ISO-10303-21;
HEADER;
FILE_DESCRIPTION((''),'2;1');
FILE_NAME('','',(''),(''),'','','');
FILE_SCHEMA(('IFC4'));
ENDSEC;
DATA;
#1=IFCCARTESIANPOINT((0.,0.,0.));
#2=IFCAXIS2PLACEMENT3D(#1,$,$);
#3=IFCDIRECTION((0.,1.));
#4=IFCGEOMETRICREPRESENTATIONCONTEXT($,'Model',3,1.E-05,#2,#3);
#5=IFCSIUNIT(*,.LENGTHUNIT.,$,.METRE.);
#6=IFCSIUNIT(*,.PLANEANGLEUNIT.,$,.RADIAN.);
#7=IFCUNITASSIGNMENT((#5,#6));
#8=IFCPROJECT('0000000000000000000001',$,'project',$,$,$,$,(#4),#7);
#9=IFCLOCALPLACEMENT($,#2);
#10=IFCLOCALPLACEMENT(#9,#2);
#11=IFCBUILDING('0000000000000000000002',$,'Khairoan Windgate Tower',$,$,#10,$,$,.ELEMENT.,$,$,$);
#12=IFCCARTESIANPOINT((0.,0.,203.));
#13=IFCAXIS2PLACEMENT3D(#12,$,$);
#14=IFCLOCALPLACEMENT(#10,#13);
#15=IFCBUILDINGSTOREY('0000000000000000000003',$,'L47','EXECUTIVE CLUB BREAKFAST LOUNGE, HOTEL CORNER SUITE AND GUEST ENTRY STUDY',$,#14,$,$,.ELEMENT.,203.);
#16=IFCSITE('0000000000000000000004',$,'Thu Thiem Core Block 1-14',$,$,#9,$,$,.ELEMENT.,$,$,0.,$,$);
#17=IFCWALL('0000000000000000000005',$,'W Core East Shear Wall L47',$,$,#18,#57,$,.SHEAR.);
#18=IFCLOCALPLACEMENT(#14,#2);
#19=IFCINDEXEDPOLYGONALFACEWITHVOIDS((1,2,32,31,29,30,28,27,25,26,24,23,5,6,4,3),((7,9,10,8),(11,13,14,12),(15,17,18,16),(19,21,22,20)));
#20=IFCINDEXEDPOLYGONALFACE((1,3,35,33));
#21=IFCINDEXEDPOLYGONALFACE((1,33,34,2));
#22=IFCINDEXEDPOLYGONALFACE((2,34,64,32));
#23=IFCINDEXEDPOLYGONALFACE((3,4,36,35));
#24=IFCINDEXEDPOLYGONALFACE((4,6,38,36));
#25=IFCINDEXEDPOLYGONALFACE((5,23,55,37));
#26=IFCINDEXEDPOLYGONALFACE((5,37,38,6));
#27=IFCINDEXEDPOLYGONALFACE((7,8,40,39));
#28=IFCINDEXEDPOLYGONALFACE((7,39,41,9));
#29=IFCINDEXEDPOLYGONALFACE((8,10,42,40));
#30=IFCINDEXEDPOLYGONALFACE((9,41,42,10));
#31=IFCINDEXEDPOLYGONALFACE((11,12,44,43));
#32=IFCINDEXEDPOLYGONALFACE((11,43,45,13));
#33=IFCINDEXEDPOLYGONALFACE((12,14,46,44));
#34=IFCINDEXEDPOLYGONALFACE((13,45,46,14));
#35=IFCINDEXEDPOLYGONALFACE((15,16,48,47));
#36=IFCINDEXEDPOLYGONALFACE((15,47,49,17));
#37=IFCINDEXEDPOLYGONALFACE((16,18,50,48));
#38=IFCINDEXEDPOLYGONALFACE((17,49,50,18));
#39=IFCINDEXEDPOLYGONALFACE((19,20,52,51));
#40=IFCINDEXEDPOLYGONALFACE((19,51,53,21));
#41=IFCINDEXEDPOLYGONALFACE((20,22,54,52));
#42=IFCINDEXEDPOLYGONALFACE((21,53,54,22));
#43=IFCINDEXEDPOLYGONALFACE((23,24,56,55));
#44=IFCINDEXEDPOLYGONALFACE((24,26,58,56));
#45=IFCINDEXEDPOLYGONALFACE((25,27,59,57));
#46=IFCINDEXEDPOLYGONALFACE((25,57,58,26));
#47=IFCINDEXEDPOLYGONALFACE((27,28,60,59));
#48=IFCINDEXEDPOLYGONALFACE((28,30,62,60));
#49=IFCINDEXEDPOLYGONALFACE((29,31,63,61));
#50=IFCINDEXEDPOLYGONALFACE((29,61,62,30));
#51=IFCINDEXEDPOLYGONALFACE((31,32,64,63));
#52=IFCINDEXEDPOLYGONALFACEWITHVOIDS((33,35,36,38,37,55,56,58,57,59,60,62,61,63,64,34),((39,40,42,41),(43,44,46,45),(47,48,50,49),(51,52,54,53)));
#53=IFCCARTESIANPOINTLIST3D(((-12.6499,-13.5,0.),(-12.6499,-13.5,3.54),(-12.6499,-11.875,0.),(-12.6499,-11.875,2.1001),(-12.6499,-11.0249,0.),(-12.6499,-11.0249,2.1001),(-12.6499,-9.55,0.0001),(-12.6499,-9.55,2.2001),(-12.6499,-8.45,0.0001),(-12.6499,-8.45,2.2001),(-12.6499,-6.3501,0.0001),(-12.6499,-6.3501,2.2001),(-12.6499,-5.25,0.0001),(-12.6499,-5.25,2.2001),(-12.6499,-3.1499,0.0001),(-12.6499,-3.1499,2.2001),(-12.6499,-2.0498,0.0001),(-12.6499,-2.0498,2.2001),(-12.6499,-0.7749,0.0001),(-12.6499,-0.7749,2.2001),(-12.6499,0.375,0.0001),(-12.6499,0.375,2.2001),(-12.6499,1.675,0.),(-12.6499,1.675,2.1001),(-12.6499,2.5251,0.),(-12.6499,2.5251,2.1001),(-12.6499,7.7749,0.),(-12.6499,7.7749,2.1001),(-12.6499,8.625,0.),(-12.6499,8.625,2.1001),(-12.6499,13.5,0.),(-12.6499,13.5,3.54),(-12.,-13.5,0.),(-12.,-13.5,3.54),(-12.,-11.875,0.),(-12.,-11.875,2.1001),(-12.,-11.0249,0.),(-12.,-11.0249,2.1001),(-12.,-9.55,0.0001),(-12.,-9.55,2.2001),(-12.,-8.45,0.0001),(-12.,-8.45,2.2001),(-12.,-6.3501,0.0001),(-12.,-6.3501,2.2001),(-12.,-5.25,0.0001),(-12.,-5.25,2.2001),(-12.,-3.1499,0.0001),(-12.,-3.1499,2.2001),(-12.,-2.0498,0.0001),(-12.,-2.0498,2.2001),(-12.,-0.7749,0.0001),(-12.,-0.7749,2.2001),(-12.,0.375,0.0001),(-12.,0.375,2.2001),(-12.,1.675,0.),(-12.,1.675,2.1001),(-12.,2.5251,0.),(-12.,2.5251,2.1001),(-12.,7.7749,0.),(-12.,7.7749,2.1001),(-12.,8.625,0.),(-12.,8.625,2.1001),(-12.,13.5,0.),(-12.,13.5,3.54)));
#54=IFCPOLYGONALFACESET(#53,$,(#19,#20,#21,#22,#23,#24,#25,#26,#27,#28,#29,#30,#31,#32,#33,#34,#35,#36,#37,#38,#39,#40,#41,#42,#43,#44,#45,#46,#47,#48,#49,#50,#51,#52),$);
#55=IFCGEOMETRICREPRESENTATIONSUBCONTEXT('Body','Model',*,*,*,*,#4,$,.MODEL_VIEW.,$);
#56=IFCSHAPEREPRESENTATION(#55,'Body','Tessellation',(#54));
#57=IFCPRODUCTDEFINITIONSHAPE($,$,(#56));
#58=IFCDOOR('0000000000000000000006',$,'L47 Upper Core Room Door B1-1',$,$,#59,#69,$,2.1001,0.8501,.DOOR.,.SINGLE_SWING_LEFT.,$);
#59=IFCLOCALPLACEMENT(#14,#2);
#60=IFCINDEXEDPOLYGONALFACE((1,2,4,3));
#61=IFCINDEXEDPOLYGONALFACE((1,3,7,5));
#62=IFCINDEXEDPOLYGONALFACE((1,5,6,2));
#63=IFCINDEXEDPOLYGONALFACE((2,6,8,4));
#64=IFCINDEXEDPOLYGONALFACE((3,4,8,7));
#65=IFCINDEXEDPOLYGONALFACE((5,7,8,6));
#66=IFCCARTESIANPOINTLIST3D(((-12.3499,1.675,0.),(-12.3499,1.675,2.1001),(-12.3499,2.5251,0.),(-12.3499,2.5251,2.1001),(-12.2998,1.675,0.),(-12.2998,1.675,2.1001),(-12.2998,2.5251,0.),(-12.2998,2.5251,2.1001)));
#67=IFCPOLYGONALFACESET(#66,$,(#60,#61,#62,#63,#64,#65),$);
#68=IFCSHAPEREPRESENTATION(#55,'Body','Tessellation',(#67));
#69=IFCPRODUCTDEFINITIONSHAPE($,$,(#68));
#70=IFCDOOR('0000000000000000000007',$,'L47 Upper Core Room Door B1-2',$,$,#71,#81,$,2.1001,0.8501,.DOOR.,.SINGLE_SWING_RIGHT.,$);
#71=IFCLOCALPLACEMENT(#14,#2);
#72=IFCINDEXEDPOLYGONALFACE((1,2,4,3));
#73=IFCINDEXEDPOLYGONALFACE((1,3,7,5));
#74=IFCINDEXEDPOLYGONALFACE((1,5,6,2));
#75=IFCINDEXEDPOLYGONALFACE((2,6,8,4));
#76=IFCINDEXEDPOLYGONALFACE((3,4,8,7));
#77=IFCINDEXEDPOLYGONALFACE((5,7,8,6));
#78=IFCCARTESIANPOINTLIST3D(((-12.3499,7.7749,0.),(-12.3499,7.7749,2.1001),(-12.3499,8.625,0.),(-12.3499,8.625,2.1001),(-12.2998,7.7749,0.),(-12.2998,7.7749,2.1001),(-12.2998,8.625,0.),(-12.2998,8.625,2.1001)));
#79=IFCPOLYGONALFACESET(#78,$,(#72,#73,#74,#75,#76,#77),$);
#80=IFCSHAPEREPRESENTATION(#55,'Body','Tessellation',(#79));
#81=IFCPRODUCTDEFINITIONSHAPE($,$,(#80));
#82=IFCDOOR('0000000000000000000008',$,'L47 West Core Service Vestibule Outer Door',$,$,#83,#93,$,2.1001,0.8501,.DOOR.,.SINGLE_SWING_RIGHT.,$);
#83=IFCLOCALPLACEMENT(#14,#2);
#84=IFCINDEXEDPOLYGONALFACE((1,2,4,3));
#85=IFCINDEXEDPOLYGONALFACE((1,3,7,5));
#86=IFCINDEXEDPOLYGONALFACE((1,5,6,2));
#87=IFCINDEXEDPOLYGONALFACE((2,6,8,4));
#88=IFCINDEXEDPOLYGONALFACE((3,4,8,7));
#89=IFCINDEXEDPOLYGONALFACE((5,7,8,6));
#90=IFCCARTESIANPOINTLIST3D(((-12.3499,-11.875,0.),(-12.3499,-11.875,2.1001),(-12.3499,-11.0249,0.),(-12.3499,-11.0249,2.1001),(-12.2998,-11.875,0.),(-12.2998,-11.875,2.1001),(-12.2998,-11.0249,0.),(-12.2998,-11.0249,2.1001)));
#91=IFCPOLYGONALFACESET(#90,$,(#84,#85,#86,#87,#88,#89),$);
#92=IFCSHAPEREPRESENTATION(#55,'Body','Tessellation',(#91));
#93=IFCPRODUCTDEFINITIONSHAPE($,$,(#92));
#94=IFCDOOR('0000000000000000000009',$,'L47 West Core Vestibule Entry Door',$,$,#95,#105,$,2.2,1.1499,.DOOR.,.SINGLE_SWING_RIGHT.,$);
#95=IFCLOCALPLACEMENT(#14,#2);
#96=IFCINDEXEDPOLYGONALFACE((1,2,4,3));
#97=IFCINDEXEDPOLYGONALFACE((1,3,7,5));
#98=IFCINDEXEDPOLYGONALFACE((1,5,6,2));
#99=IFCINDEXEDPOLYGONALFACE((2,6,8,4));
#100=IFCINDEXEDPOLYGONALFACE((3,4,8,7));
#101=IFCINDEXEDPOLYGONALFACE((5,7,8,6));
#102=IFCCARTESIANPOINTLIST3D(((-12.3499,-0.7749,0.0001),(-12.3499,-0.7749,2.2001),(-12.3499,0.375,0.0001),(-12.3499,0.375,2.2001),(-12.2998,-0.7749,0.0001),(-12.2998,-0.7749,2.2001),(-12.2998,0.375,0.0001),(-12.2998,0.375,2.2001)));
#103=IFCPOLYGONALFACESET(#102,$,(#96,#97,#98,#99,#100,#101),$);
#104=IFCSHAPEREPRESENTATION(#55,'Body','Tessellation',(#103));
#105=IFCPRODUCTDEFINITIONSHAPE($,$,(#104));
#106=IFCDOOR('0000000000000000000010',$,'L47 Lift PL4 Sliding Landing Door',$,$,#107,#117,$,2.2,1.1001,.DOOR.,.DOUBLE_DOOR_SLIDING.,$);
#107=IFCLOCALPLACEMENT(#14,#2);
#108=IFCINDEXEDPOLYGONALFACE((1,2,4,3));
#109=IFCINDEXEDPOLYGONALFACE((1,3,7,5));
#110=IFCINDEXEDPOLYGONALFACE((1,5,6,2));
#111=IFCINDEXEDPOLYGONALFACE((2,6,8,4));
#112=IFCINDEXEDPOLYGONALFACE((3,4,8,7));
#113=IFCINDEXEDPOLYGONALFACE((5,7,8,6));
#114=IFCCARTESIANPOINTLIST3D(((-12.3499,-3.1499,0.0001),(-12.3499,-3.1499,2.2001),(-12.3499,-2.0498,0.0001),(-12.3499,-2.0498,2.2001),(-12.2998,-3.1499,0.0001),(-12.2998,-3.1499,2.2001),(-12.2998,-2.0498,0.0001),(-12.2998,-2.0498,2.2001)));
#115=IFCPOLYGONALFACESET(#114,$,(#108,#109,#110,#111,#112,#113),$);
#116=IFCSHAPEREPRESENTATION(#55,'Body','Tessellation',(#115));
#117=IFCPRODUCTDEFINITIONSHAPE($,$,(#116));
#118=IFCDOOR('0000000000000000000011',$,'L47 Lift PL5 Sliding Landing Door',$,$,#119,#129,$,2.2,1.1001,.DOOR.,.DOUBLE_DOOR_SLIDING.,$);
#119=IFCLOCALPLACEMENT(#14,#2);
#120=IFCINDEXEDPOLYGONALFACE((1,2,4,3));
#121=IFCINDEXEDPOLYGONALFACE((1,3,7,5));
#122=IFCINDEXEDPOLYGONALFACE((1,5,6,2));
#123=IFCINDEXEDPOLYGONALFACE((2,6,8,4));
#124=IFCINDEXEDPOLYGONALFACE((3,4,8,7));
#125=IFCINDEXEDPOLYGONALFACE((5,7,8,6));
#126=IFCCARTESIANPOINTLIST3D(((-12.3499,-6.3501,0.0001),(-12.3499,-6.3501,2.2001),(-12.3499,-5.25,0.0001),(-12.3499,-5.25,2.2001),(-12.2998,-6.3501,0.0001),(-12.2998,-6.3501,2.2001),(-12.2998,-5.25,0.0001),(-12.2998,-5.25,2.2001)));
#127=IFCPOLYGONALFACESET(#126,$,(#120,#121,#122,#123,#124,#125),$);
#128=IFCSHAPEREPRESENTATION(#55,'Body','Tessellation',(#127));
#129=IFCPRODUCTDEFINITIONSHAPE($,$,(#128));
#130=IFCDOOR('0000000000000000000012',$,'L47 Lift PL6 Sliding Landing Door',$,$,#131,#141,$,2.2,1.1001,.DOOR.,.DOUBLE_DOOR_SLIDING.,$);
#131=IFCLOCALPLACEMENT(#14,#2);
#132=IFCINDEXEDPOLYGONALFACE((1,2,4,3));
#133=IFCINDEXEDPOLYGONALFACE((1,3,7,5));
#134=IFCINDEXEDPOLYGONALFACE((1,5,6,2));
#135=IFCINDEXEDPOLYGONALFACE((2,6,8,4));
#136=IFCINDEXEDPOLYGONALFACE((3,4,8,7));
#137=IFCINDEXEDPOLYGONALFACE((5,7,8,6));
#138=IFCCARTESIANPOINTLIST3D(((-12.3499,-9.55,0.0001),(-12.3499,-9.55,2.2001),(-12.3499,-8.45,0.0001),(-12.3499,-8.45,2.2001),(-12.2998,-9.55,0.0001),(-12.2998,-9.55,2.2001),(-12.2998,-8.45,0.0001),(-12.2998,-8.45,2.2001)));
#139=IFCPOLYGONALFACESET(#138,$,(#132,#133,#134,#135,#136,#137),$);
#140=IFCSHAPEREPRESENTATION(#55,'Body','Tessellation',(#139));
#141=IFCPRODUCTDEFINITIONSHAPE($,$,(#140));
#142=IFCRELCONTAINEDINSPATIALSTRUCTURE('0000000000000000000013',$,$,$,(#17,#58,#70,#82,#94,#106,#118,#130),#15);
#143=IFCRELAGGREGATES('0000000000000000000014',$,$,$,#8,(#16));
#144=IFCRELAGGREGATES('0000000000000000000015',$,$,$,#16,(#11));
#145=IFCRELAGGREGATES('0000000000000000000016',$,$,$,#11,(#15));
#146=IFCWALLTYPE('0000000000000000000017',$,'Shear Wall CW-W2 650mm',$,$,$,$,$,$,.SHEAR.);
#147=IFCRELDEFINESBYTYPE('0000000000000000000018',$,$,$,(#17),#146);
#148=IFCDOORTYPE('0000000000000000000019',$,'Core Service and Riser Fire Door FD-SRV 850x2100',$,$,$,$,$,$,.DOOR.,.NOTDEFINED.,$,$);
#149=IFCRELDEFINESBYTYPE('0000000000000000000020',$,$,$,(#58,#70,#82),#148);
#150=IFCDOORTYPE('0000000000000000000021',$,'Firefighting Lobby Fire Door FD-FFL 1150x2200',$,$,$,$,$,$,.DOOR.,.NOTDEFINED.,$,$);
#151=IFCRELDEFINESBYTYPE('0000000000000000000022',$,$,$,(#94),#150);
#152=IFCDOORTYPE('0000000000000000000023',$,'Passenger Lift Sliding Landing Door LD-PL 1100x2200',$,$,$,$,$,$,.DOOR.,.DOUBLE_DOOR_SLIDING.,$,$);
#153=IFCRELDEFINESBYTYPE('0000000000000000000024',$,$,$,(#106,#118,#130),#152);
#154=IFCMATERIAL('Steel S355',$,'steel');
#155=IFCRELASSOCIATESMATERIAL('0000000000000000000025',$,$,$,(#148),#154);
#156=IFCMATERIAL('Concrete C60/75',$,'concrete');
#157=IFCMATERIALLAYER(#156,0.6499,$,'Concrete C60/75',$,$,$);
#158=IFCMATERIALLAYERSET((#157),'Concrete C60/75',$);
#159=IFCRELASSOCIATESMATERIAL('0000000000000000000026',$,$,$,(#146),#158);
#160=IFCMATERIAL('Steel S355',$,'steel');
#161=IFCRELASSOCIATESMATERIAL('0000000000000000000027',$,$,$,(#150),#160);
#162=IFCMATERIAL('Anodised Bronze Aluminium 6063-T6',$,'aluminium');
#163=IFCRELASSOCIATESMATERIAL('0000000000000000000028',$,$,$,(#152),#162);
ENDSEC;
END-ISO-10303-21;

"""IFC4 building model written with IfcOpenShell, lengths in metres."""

from ifc_helpers import new_model, si_unit, direction, frame, frame_2d, origin, place, context, subcontext, project, spatial, rectangle, extrude, material, layer, layer_set, type_object, element, fill, save


model = new_model("IFC4")

# Units and contexts
model_context = context("Model", 3, precision=1e-05, world=origin(), true_north=direction((0.0, 1.0)))
body_context = subcontext(model_context, "Body", "Model", "MODEL_VIEW")
ifc_project = project(units=[si_unit("LENGTHUNIT", "METRE"), si_unit("PLANEANGLEUNIT", "RADIAN")], contexts=[model_context])

# Site, building, storey
site_placement = place(None, origin())
site = spatial("IfcSite", under=ifc_project, at=site_placement, Name="Thu Thiem Core Block 1-14", CompositionType="ELEMENT", RefElevation=0.0)
building_placement = place(site_placement, origin())
building = spatial("IfcBuilding", under=site, at=building_placement, Name="Khairoan Windgate Tower", CompositionType="ELEMENT")
storey_placement = place(building_placement, frame((0.0, 0.0, 203.0)))
storey = spatial("IfcBuildingStorey", under=building, at=storey_placement, Name="L47", Description="EXECUTIVE CLUB BREAKFAST LOUNGE, HOTEL CORNER SUITE AND GUEST ENTRY STUDY", CompositionType="ELEMENT", Elevation=203.0)

# Shared definitions
ifc_material_1 = material(Name="Steel S355", Category="steel")
door_type_1 = type_object("IfcDoorType", Name="Core Service and Riser Fire Door FD-SRV 850x2100", OperationType="NOTDEFINED", PredefinedType="DOOR", material=ifc_material_1)

# Wall, openings, doors
ifc_material_2 = material(Name="Concrete C60/75", Category="concrete")
ifc_layer_1 = layer(ifc_material_2, 0.6499, Name="Concrete C60/75")
ifc_layer_set_1 = layer_set([ifc_layer_1], Name="Concrete C60/75")
wall_type_1 = type_object("IfcWallType", Name="Shear Wall CW-W2 650mm", PredefinedType="SHEAR", material=ifc_layer_set_1)
wall_1_placement = place(storey_placement, frame((-12.325, -13.5, 0.0), z_axis=(0.0, 0.0, 1.0), x_axis=(0.0, 1.0, 0.0)))
wall_1 = element("IfcWall", 1, at=wall_1_placement, inside=storey, type_object=wall_type_1, Name="W Core East Shear Wall L47", PredefinedType="SHEAR", context=body_context, shape_type="SweptSolid", body=[
    extrude(rectangle(XDim=27.0, YDim=0.6499, at=frame_2d((13.5, 0.0))), origin(), (0.0, 0.0, 1.0), 3.54),
])
opening_1_placement = place(wall_1_placement, frame((10.3501, 0.0, 0.0)))
opening_1 = element("IfcOpeningElement", 2, at=opening_1_placement, cuts=wall_1, PredefinedType="OPENING", context=body_context, shape_type="SweptSolid", body=[
    extrude(rectangle(XDim=1.1001, YDim=2.2, at=frame_2d((0.55, 1.1001))), frame((0.0, 0.335, 0.0), z_axis=(0.0, -1.0, 0.0), x_axis=(1.0, 0.0, 0.0)), (0.0, 0.0, 1.0), 0.6699),
])
opening_2_placement = place(wall_1_placement, frame((7.1499, 0.0, 0.0)))
opening_2 = element("IfcOpeningElement", 3, at=opening_2_placement, cuts=wall_1, PredefinedType="OPENING", context=body_context, shape_type="SweptSolid", body=[
    extrude(rectangle(XDim=1.1001, YDim=2.2, at=frame_2d((0.55, 1.1001))), frame((0.0, 0.335, 0.0), z_axis=(0.0, -1.0, 0.0), x_axis=(1.0, 0.0, 0.0)), (0.0, 0.0, 1.0), 0.6699),
])
opening_3_placement = place(wall_1_placement, frame((3.95, 0.0, 0.0)))
opening_3 = element("IfcOpeningElement", 4, at=opening_3_placement, cuts=wall_1, PredefinedType="OPENING", context=body_context, shape_type="SweptSolid", body=[
    extrude(rectangle(XDim=1.1001, YDim=2.2, at=frame_2d((0.55, 1.1001))), frame((0.0, 0.335, 0.0), z_axis=(0.0, -1.0, 0.0), x_axis=(1.0, 0.0, 0.0)), (0.0, 0.0, 1.0), 0.6699),
])
opening_4_placement = place(wall_1_placement, frame((15.175, 0.0, 0.0)))
opening_4 = element("IfcOpeningElement", 5, at=opening_4_placement, cuts=wall_1, PredefinedType="OPENING", context=body_context, shape_type="SweptSolid", body=[
    extrude(rectangle(XDim=0.8501, YDim=2.1001, at=frame_2d((0.425, 1.05))), frame((0.0, 0.335, 0.0), z_axis=(0.0, -1.0, 0.0), x_axis=(1.0, 0.0, 0.0)), (0.0, 0.0, 1.0), 0.6699),
])
opening_5_placement = place(wall_1_placement, frame((21.2749, 0.0, 0.0)))
opening_5 = element("IfcOpeningElement", 6, at=opening_5_placement, cuts=wall_1, PredefinedType="OPENING", context=body_context, shape_type="SweptSolid", body=[
    extrude(rectangle(XDim=0.8501, YDim=2.1001, at=frame_2d((0.425, 1.05))), frame((0.0, 0.335, 0.0), z_axis=(0.0, -1.0, 0.0), x_axis=(1.0, 0.0, 0.0)), (0.0, 0.0, 1.0), 0.6699),
])
opening_6_placement = place(wall_1_placement, frame((12.7251, 0.0, 0.0)))
opening_6 = element("IfcOpeningElement", 7, at=opening_6_placement, cuts=wall_1, PredefinedType="OPENING", context=body_context, shape_type="SweptSolid", body=[
    extrude(rectangle(XDim=1.1499, YDim=2.2, at=frame_2d((0.575, 1.1001))), frame((0.0, 0.335, 0.0), z_axis=(0.0, -1.0, 0.0), x_axis=(1.0, 0.0, 0.0)), (0.0, 0.0, 1.0), 0.6699),
])
opening_7_placement = place(wall_1_placement, frame((1.625, 0.0, 0.0)))
opening_7 = element("IfcOpeningElement", 8, at=opening_7_placement, cuts=wall_1, PredefinedType="OPENING", context=body_context, shape_type="SweptSolid", body=[
    extrude(rectangle(XDim=0.8501, YDim=2.1001, at=frame_2d((0.425, 1.05))), frame((0.0, 0.335, 0.0), z_axis=(0.0, -1.0, 0.0), x_axis=(1.0, 0.0, 0.0)), (0.0, 0.0, 1.0), 0.6699),
])
door_1_placement = place(opening_4_placement, origin())
door_1 = element("IfcDoor", 9, at=door_1_placement, inside=storey, type_object=door_type_1, Name="L47 Upper Core Room Door B1-1", OperationType="SINGLE_SWING_LEFT", OverallHeight=2.1001, OverallWidth=0.8501, PredefinedType="DOOR", context=body_context, shape_type="SweptSolid", body=[
    extrude(rectangle(XDim=0.8501, YDim=2.1001, at=frame_2d((0.425, 1.05))), frame((0.0, 0.0249, 0.0), z_axis=(0.0, -1.0, 0.0), x_axis=(1.0, 0.0, 0.0)), (0.0, 0.0, 1.0), 0.05),
])
fill(opening_4, door_1)
door_2_placement = place(opening_5_placement, origin())
door_2 = element("IfcDoor", 10, at=door_2_placement, inside=storey, type_object=door_type_1, Name="L47 Upper Core Room Door B1-2", OperationType="SINGLE_SWING_RIGHT", OverallHeight=2.1001, OverallWidth=0.8501, PredefinedType="DOOR", context=body_context, shape_type="SweptSolid", body=[
    extrude(rectangle(XDim=0.8501, YDim=2.1001, at=frame_2d((0.425, 1.05))), frame((0.0, 0.0249, 0.0), z_axis=(0.0, -1.0, 0.0), x_axis=(1.0, 0.0, 0.0)), (0.0, 0.0, 1.0), 0.05),
])
fill(opening_5, door_2)
door_3_placement = place(opening_7_placement, origin())
door_3 = element("IfcDoor", 11, at=door_3_placement, inside=storey, type_object=door_type_1, Name="L47 West Core Service Vestibule Outer Door", OperationType="SINGLE_SWING_RIGHT", OverallHeight=2.1001, OverallWidth=0.8501, PredefinedType="DOOR", context=body_context, shape_type="SweptSolid", body=[
    extrude(rectangle(XDim=0.8501, YDim=2.1001, at=frame_2d((0.425, 1.05))), frame((0.0, 0.0249, 0.0), z_axis=(0.0, -1.0, 0.0), x_axis=(1.0, 0.0, 0.0)), (0.0, 0.0, 1.0), 0.05),
])
fill(opening_7, door_3)
ifc_material_3 = material(Name="Steel S355", Category="steel")
door_type_2 = type_object("IfcDoorType", Name="Firefighting Lobby Fire Door FD-FFL 1150x2200", OperationType="NOTDEFINED", PredefinedType="DOOR", material=ifc_material_3)
door_4_placement = place(opening_6_placement, origin())
door_4 = element("IfcDoor", 12, at=door_4_placement, inside=storey, type_object=door_type_2, Name="L47 West Core Vestibule Entry Door", OperationType="SINGLE_SWING_RIGHT", OverallHeight=2.2, OverallWidth=1.1499, PredefinedType="DOOR", context=body_context, shape_type="SweptSolid", body=[
    extrude(rectangle(XDim=1.1499, YDim=2.2, at=frame_2d((0.575, 1.1001))), frame((0.0, 0.0249, 0.0), z_axis=(0.0, -1.0, 0.0), x_axis=(1.0, 0.0, 0.0)), (0.0, 0.0, 1.0), 0.05),
])
fill(opening_6, door_4)
ifc_material_4 = material(Name="Anodised Bronze Aluminium 6063-T6", Category="aluminium")
door_type_3 = type_object("IfcDoorType", Name="Passenger Lift Sliding Landing Door LD-PL 1100x2200", OperationType="DOUBLE_DOOR_SLIDING", PredefinedType="DOOR", material=ifc_material_4)
door_5_placement = place(opening_1_placement, origin())
door_5 = element("IfcDoor", 13, at=door_5_placement, inside=storey, type_object=door_type_3, Name="L47 Lift PL4 Sliding Landing Door", OperationType="DOUBLE_DOOR_SLIDING", OverallHeight=2.2, OverallWidth=1.1001, PredefinedType="DOOR", context=body_context, shape_type="SweptSolid", body=[
    extrude(rectangle(XDim=1.1001, YDim=2.2, at=frame_2d((0.55, 1.1001))), frame((0.0, 0.0249, 0.0), z_axis=(0.0, -1.0, 0.0), x_axis=(1.0, 0.0, 0.0)), (0.0, 0.0, 1.0), 0.05),
])
fill(opening_1, door_5)
door_6_placement = place(opening_2_placement, origin())
door_6 = element("IfcDoor", 14, at=door_6_placement, inside=storey, type_object=door_type_3, Name="L47 Lift PL5 Sliding Landing Door", OperationType="DOUBLE_DOOR_SLIDING", OverallHeight=2.2, OverallWidth=1.1001, PredefinedType="DOOR", context=body_context, shape_type="SweptSolid", body=[
    extrude(rectangle(XDim=1.1001, YDim=2.2, at=frame_2d((0.55, 1.1001))), frame((0.0, 0.0249, 0.0), z_axis=(0.0, -1.0, 0.0), x_axis=(1.0, 0.0, 0.0)), (0.0, 0.0, 1.0), 0.05),
])
fill(opening_2, door_6)
door_7_placement = place(opening_3_placement, origin())
door_7 = element("IfcDoor", 15, at=door_7_placement, inside=storey, type_object=door_type_3, Name="L47 Lift PL6 Sliding Landing Door", OperationType="DOUBLE_DOOR_SLIDING", OverallHeight=2.2, OverallWidth=1.1001, PredefinedType="DOOR", context=body_context, shape_type="SweptSolid", body=[
    extrude(rectangle(XDim=1.1001, YDim=2.2, at=frame_2d((0.55, 1.1001))), frame((0.0, 0.0249, 0.0), z_axis=(0.0, -1.0, 0.0), x_axis=(1.0, 0.0, 0.0)), (0.0, 0.0, 1.0), 0.05),
])
fill(opening_3, door_7)

save(model, "model.ifc")
